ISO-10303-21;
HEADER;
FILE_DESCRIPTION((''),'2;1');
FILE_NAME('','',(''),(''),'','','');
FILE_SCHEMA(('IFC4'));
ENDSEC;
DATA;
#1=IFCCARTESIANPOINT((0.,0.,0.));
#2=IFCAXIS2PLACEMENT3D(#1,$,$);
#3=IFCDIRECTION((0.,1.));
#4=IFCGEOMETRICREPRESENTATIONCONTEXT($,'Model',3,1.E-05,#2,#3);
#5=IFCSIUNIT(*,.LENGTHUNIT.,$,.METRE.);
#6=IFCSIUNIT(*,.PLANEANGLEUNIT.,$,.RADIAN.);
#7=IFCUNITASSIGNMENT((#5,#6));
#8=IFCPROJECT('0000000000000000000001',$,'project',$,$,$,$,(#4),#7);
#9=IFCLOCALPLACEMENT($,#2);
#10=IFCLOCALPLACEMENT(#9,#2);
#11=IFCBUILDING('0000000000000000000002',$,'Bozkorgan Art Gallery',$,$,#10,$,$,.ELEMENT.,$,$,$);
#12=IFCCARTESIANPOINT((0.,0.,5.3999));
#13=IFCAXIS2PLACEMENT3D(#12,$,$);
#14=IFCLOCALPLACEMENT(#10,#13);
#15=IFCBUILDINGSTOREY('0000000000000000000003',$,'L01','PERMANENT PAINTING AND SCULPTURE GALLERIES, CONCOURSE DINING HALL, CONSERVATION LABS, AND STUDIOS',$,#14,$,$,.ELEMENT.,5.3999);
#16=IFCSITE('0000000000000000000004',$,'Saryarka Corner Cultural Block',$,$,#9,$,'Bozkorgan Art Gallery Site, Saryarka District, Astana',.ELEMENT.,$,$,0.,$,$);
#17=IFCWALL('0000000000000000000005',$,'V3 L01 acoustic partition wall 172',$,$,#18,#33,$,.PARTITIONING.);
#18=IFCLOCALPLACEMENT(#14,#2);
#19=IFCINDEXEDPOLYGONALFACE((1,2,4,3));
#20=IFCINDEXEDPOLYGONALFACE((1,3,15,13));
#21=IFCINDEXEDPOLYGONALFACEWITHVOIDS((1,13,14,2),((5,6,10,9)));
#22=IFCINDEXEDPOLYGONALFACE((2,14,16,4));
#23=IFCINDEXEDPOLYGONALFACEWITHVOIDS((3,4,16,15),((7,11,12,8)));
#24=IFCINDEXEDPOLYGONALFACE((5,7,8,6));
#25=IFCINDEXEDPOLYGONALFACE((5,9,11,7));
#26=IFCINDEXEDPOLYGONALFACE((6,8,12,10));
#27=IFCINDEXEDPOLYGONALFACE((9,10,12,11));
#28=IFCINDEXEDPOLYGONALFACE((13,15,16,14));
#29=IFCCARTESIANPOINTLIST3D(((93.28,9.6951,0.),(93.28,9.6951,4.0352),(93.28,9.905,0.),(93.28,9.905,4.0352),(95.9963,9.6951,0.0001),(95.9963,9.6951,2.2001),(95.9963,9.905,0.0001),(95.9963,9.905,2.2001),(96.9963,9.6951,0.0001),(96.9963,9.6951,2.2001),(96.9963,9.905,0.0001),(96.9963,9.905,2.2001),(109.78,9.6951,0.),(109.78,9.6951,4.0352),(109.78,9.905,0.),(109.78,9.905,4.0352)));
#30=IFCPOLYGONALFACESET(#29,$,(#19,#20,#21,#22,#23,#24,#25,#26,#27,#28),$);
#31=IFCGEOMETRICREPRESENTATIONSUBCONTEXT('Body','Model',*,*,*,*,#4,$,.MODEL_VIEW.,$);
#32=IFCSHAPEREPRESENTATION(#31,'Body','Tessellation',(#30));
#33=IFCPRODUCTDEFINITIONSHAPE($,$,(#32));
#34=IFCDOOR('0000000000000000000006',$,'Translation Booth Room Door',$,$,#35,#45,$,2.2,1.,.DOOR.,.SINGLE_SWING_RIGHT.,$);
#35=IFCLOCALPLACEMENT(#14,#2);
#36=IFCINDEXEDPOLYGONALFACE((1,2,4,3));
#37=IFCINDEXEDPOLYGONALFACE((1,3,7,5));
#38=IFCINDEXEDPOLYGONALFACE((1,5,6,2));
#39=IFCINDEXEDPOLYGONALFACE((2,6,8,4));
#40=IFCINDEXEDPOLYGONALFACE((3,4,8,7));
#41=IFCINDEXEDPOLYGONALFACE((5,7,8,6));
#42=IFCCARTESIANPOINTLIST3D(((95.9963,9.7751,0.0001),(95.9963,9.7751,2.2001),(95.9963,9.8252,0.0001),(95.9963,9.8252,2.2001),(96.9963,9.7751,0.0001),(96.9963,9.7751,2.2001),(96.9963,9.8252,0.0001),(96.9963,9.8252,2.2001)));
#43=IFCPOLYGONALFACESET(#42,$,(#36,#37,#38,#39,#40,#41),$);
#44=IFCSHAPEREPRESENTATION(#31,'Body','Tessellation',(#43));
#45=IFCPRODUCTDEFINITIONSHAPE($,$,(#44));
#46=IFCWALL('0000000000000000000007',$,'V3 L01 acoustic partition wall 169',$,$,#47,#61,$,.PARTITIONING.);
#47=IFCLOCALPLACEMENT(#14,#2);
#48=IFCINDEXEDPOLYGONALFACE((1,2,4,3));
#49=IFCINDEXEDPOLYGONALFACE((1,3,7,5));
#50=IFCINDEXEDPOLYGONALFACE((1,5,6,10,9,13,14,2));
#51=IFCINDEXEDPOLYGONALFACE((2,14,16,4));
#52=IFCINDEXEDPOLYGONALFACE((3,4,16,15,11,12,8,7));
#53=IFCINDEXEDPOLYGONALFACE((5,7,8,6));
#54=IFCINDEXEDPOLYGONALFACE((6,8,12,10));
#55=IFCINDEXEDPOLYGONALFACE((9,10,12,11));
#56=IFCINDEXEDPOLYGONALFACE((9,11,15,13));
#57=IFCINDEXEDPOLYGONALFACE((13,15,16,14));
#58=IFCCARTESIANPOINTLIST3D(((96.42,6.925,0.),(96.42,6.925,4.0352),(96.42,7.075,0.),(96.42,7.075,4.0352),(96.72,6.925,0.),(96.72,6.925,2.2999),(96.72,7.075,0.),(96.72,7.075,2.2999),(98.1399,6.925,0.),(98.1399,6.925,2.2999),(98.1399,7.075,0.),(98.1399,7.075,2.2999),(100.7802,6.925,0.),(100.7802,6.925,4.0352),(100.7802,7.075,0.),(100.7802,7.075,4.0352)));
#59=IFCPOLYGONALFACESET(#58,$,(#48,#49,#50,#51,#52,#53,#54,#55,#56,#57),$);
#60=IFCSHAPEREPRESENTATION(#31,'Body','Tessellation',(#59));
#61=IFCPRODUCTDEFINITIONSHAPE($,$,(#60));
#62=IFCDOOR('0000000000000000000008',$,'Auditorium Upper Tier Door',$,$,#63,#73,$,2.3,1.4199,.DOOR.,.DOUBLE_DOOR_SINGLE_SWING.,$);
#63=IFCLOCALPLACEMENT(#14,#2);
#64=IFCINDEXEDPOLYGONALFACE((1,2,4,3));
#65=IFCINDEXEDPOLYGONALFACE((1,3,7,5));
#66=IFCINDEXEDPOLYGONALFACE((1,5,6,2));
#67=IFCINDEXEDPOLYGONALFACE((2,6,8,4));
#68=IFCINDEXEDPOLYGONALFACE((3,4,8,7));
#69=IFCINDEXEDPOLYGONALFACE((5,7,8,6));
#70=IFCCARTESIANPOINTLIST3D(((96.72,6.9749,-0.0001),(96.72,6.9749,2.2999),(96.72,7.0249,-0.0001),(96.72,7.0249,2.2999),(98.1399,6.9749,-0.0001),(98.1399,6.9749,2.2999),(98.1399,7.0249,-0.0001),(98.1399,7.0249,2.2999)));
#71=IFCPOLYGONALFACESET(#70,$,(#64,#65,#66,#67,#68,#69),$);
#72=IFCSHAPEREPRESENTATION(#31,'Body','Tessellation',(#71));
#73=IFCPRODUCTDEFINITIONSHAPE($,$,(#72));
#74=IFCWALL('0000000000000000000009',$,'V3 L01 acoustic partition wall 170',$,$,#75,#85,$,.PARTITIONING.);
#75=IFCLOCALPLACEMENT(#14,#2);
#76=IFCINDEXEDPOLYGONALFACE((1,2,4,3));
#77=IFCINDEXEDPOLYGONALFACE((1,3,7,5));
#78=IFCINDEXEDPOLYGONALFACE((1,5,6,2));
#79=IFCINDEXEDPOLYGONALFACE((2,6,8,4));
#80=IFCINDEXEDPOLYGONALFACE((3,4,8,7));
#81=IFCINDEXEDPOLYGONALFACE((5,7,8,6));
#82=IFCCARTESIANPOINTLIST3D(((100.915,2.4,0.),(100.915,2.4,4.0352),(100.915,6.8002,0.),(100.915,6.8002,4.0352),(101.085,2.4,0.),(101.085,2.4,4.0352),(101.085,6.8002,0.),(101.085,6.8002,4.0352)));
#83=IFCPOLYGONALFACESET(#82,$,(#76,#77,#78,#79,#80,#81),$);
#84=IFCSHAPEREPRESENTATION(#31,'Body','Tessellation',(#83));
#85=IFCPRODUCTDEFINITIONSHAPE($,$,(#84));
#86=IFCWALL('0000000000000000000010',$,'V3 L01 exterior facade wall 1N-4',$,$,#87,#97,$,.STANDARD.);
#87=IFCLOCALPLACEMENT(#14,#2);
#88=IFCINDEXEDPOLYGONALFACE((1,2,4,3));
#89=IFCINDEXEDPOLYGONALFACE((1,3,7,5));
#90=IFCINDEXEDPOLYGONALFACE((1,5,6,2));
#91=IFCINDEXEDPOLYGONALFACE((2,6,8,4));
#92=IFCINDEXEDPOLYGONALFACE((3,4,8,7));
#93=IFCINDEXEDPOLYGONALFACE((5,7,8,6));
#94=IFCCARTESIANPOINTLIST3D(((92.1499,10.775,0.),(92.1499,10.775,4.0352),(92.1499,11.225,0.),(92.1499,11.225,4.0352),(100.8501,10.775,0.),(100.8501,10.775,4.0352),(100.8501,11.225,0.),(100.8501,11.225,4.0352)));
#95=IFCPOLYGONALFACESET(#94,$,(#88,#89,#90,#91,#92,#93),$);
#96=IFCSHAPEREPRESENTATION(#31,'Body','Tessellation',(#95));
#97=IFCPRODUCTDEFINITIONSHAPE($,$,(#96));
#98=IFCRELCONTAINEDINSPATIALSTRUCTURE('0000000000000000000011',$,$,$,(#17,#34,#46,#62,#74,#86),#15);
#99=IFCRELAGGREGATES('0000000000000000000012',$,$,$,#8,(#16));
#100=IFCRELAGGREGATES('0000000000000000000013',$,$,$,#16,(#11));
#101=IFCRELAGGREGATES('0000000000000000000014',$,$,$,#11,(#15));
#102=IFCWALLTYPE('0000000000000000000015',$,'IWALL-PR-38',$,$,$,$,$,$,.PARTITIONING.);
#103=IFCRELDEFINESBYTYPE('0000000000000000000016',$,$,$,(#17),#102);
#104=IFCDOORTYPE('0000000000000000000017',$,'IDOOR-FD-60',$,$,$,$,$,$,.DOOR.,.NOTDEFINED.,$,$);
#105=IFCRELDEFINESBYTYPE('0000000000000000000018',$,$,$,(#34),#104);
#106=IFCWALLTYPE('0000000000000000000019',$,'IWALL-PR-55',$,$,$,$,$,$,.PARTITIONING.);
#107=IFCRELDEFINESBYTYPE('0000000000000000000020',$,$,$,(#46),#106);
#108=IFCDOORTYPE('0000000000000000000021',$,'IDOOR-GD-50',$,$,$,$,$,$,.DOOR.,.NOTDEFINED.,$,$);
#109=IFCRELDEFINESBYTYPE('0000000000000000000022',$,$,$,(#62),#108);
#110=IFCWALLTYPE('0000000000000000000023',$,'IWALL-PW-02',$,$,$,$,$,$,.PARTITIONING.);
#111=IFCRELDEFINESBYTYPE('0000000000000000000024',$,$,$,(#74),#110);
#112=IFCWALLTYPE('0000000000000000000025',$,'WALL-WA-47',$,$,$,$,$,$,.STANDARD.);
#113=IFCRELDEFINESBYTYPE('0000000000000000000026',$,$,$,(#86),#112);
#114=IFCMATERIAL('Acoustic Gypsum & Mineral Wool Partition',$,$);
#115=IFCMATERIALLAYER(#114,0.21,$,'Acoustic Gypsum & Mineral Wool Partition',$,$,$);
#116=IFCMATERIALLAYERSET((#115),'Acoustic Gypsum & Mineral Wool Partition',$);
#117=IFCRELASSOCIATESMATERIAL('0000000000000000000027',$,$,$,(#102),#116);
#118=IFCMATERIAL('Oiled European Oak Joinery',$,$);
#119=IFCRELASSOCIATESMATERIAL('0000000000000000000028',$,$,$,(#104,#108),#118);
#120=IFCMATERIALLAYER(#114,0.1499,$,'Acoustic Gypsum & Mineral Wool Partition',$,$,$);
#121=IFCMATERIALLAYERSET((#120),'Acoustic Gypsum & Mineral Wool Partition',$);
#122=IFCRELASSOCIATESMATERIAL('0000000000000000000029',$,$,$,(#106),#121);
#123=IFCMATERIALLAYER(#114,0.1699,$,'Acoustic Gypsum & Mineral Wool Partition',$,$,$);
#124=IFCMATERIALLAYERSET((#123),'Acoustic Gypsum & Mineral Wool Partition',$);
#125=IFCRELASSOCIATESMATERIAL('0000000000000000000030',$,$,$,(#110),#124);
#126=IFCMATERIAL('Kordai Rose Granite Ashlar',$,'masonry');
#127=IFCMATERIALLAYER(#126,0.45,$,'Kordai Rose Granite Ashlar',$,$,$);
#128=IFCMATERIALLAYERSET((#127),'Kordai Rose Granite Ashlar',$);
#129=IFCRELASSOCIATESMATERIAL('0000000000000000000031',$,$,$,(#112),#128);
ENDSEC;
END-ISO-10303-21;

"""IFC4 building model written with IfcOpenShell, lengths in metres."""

from ifc_helpers import new_model, si_unit, direction, frame, frame_2d, origin, place, context, subcontext, project, spatial, rectangle, extrude, material, layer, layer_set, type_object, element, fill, save


model = new_model("IFC4")

# Units and contexts
model_context = context("Model", 3, precision=1e-05, world=origin(), true_north=direction((0.0, 1.0)))
body_context = subcontext(model_context, "Body", "Model", "MODEL_VIEW")
ifc_project = project(units=[si_unit("LENGTHUNIT", "METRE"), si_unit("PLANEANGLEUNIT", "RADIAN")], contexts=[model_context])

# Site, building, storey
site_placement = place(None, origin())
site = spatial("IfcSite", under=ifc_project, at=site_placement, Name="Saryarka Corner Cultural Block", LongName="Bozkorgan Art Gallery Site, Saryarka District, Astana", CompositionType="ELEMENT", RefElevation=0.0)
building_placement = place(site_placement, origin())
building = spatial("IfcBuilding", under=site, at=building_placement, Name="Bozkorgan Art Gallery", CompositionType="ELEMENT")
storey_placement = place(building_placement, frame((0.0, 0.0, 5.3999)))
storey = spatial("IfcBuildingStorey", under=building, at=storey_placement, Name="L01", Description="PERMANENT PAINTING AND SCULPTURE GALLERIES, CONCOURSE DINING HALL, CONSERVATION LABS, AND STUDIOS", CompositionType="ELEMENT", Elevation=5.3999)

# Walls, openings, doors
ifc_material_1 = material(Name="Acoustic Gypsum & Mineral Wool Partition")
ifc_layer_1 = layer(ifc_material_1, 0.21, Name="Acoustic Gypsum & Mineral Wool Partition")
ifc_layer_set_1 = layer_set([ifc_layer_1], Name="Acoustic Gypsum & Mineral Wool Partition")
wall_type_1 = type_object("IfcWallType", Name="IWALL-PR-38", PredefinedType="PARTITIONING", material=ifc_layer_set_1)
wall_1_placement = place(storey_placement, frame((93.28, 9.8, 0.0), z_axis=(0.0, 0.0, 1.0), x_axis=(1.0, 0.0, 0.0)))
wall_1 = element("IfcWall", 1, at=wall_1_placement, inside=storey, type_object=wall_type_1, Name="V3 L01 acoustic partition wall 172", PredefinedType="PARTITIONING", context=body_context, shape_type="SweptSolid", body=[
    extrude(rectangle(XDim=16.5, YDim=0.21, at=frame_2d((8.25, 0.0))), origin(), (0.0, 0.0, 1.0), 4.0352),
])
opening_1_placement = place(wall_1_placement, frame((3.7163, 0.0, 0.0), z_axis=(0.0, 0.0, 1.0), x_axis=(-1.0, 0.0, 0.0)))
opening_1 = element("IfcOpeningElement", 2, at=opening_1_placement, cuts=wall_1, PredefinedType="OPENING", context=body_context, shape_type="SweptSolid", body=[
    extrude(rectangle(XDim=1.0, YDim=2.2, at=frame_2d((0.5, 1.1001))), frame((0.0, 0.115, 0.0), z_axis=(0.0, -1.0, 0.0), x_axis=(1.0, 0.0, 0.0)), (0.0, 0.0, 1.0), 0.23),
])
ifc_material_2 = material(Name="Oiled European Oak Joinery")
door_type_1 = type_object("IfcDoorType", Name="IDOOR-FD-60", OperationType="NOTDEFINED", PredefinedType="DOOR", material=ifc_material_2)
door_1_placement = place(opening_1_placement, origin())
door_1 = element("IfcDoor", 3, at=door_1_placement, inside=storey, type_object=door_type_1, Name="Translation Booth Room Door", OperationType="SINGLE_SWING_RIGHT", OverallHeight=2.2, OverallWidth=1.0, PredefinedType="DOOR", context=body_context, shape_type="SweptSolid", body=[
    extrude(rectangle(XDim=1.0, YDim=2.2, at=frame_2d((0.5, 1.1001))), frame((0.0, 0.0249, 0.0), z_axis=(0.0, -1.0, 0.0), x_axis=(1.0, 0.0, 0.0)), (0.0, 0.0, 1.0), 0.05),
])
fill(opening_1, door_1)
ifc_layer_2 = layer(ifc_material_1, 0.1499, Name="Acoustic Gypsum & Mineral Wool Partition")
ifc_layer_set_2 = layer_set([ifc_layer_2], Name="Acoustic Gypsum & Mineral Wool Partition")
wall_type_2 = type_object("IfcWallType", Name="IWALL-PR-55", PredefinedType="PARTITIONING", material=ifc_layer_set_2)
wall_2_placement = place(storey_placement, frame((96.4199, 7.0, 0.0), z_axis=(0.0, 0.0, 1.0), x_axis=(1.0, 0.0, 0.0)))
wall_2 = element("IfcWall", 4, at=wall_2_placement, inside=storey, type_object=wall_type_2, Name="V3 L01 acoustic partition wall 169", PredefinedType="PARTITIONING", context=body_context, shape_type="SweptSolid", body=[
    extrude(rectangle(XDim=4.3601, YDim=0.1499, at=frame_2d((2.1802, 0.0))), origin(), (0.0, 0.0, 1.0), 4.0352),
])
opening_2_placement = place(wall_2_placement, frame((0.3, 0.0, 0.0)))
opening_2 = element("IfcOpeningElement", 5, at=opening_2_placement, cuts=wall_2, PredefinedType="OPENING", context=body_context, shape_type="SweptSolid", body=[
    extrude(rectangle(XDim=1.4199, YDim=2.3, at=frame_2d((0.71, 1.1499))), frame((0.0, 0.085, 0.0), z_axis=(0.0, -1.0, 0.0), x_axis=(1.0, 0.0, 0.0)), (0.0, 0.0, 1.0), 0.1699),
])
door_type_2 = type_object("IfcDoorType", Name="IDOOR-GD-50", OperationType="NOTDEFINED", PredefinedType="DOOR", material=ifc_material_2)
door_2_placement = place(opening_2_placement, origin())
door_2 = element("IfcDoor", 6, at=door_2_placement, inside=storey, type_object=door_type_2, Name="Auditorium Upper Tier Door", OperationType="DOUBLE_DOOR_SINGLE_SWING", OverallHeight=2.3, OverallWidth=1.4199, PredefinedType="DOOR", context=body_context, shape_type="SweptSolid", body=[
    extrude(rectangle(XDim=1.4199, YDim=2.3, at=frame_2d((0.71, 1.1499))), frame((0.0, 0.0249, 0.0), z_axis=(0.0, -1.0, 0.0), x_axis=(1.0, 0.0, 0.0)), (0.0, 0.0, 1.0), 0.05),
])
fill(opening_2, door_2)

# Walls
ifc_layer_3 = layer(ifc_material_1, 0.1699, Name="Acoustic Gypsum & Mineral Wool Partition")
ifc_layer_set_3 = layer_set([ifc_layer_3], Name="Acoustic Gypsum & Mineral Wool Partition")
wall_type_3 = type_object("IfcWallType", Name="IWALL-PW-02", PredefinedType="PARTITIONING", material=ifc_layer_set_3)
wall_3_placement = place(storey_placement, frame((101.0, 2.3999, 0.0), z_axis=(0.0, 0.0, 1.0), x_axis=(0.0, 1.0, 0.0)))
element("IfcWall", 7, at=wall_3_placement, inside=storey, type_object=wall_type_3, Name="V3 L01 acoustic partition wall 170", PredefinedType="PARTITIONING", context=body_context, shape_type="SweptSolid", body=[
    extrude(rectangle(XDim=4.4001, YDim=0.1699, at=frame_2d((2.2002, 0.0))), origin(), (0.0, 0.0, 1.0), 4.0352),
])
ifc_material_3 = material(Name="Kordai Rose Granite Ashlar", Category="masonry")
ifc_layer_4 = layer(ifc_material_3, 0.45, Name="Kordai Rose Granite Ashlar")
ifc_layer_set_4 = layer_set([ifc_layer_4], Name="Kordai Rose Granite Ashlar")
wall_type_4 = type_object("IfcWallType", Name="WALL-WA-47", PredefinedType="STANDARD", material=ifc_layer_set_4)
wall_4_placement = place(storey_placement, frame((92.1499, 11.0, 0.0), z_axis=(0.0, 0.0, 1.0), x_axis=(1.0, 0.0, 0.0)))
element("IfcWall", 8, at=wall_4_placement, inside=storey, type_object=wall_type_4, Name="V3 L01 exterior facade wall 1N-4", PredefinedType="STANDARD", context=body_context, shape_type="SweptSolid", body=[
    extrude(rectangle(XDim=8.7002, YDim=0.45, at=frame_2d((4.3501, 0.0))), origin(), (0.0, 0.0, 1.0), 4.0352),
])

save(model, "model.ifc")
